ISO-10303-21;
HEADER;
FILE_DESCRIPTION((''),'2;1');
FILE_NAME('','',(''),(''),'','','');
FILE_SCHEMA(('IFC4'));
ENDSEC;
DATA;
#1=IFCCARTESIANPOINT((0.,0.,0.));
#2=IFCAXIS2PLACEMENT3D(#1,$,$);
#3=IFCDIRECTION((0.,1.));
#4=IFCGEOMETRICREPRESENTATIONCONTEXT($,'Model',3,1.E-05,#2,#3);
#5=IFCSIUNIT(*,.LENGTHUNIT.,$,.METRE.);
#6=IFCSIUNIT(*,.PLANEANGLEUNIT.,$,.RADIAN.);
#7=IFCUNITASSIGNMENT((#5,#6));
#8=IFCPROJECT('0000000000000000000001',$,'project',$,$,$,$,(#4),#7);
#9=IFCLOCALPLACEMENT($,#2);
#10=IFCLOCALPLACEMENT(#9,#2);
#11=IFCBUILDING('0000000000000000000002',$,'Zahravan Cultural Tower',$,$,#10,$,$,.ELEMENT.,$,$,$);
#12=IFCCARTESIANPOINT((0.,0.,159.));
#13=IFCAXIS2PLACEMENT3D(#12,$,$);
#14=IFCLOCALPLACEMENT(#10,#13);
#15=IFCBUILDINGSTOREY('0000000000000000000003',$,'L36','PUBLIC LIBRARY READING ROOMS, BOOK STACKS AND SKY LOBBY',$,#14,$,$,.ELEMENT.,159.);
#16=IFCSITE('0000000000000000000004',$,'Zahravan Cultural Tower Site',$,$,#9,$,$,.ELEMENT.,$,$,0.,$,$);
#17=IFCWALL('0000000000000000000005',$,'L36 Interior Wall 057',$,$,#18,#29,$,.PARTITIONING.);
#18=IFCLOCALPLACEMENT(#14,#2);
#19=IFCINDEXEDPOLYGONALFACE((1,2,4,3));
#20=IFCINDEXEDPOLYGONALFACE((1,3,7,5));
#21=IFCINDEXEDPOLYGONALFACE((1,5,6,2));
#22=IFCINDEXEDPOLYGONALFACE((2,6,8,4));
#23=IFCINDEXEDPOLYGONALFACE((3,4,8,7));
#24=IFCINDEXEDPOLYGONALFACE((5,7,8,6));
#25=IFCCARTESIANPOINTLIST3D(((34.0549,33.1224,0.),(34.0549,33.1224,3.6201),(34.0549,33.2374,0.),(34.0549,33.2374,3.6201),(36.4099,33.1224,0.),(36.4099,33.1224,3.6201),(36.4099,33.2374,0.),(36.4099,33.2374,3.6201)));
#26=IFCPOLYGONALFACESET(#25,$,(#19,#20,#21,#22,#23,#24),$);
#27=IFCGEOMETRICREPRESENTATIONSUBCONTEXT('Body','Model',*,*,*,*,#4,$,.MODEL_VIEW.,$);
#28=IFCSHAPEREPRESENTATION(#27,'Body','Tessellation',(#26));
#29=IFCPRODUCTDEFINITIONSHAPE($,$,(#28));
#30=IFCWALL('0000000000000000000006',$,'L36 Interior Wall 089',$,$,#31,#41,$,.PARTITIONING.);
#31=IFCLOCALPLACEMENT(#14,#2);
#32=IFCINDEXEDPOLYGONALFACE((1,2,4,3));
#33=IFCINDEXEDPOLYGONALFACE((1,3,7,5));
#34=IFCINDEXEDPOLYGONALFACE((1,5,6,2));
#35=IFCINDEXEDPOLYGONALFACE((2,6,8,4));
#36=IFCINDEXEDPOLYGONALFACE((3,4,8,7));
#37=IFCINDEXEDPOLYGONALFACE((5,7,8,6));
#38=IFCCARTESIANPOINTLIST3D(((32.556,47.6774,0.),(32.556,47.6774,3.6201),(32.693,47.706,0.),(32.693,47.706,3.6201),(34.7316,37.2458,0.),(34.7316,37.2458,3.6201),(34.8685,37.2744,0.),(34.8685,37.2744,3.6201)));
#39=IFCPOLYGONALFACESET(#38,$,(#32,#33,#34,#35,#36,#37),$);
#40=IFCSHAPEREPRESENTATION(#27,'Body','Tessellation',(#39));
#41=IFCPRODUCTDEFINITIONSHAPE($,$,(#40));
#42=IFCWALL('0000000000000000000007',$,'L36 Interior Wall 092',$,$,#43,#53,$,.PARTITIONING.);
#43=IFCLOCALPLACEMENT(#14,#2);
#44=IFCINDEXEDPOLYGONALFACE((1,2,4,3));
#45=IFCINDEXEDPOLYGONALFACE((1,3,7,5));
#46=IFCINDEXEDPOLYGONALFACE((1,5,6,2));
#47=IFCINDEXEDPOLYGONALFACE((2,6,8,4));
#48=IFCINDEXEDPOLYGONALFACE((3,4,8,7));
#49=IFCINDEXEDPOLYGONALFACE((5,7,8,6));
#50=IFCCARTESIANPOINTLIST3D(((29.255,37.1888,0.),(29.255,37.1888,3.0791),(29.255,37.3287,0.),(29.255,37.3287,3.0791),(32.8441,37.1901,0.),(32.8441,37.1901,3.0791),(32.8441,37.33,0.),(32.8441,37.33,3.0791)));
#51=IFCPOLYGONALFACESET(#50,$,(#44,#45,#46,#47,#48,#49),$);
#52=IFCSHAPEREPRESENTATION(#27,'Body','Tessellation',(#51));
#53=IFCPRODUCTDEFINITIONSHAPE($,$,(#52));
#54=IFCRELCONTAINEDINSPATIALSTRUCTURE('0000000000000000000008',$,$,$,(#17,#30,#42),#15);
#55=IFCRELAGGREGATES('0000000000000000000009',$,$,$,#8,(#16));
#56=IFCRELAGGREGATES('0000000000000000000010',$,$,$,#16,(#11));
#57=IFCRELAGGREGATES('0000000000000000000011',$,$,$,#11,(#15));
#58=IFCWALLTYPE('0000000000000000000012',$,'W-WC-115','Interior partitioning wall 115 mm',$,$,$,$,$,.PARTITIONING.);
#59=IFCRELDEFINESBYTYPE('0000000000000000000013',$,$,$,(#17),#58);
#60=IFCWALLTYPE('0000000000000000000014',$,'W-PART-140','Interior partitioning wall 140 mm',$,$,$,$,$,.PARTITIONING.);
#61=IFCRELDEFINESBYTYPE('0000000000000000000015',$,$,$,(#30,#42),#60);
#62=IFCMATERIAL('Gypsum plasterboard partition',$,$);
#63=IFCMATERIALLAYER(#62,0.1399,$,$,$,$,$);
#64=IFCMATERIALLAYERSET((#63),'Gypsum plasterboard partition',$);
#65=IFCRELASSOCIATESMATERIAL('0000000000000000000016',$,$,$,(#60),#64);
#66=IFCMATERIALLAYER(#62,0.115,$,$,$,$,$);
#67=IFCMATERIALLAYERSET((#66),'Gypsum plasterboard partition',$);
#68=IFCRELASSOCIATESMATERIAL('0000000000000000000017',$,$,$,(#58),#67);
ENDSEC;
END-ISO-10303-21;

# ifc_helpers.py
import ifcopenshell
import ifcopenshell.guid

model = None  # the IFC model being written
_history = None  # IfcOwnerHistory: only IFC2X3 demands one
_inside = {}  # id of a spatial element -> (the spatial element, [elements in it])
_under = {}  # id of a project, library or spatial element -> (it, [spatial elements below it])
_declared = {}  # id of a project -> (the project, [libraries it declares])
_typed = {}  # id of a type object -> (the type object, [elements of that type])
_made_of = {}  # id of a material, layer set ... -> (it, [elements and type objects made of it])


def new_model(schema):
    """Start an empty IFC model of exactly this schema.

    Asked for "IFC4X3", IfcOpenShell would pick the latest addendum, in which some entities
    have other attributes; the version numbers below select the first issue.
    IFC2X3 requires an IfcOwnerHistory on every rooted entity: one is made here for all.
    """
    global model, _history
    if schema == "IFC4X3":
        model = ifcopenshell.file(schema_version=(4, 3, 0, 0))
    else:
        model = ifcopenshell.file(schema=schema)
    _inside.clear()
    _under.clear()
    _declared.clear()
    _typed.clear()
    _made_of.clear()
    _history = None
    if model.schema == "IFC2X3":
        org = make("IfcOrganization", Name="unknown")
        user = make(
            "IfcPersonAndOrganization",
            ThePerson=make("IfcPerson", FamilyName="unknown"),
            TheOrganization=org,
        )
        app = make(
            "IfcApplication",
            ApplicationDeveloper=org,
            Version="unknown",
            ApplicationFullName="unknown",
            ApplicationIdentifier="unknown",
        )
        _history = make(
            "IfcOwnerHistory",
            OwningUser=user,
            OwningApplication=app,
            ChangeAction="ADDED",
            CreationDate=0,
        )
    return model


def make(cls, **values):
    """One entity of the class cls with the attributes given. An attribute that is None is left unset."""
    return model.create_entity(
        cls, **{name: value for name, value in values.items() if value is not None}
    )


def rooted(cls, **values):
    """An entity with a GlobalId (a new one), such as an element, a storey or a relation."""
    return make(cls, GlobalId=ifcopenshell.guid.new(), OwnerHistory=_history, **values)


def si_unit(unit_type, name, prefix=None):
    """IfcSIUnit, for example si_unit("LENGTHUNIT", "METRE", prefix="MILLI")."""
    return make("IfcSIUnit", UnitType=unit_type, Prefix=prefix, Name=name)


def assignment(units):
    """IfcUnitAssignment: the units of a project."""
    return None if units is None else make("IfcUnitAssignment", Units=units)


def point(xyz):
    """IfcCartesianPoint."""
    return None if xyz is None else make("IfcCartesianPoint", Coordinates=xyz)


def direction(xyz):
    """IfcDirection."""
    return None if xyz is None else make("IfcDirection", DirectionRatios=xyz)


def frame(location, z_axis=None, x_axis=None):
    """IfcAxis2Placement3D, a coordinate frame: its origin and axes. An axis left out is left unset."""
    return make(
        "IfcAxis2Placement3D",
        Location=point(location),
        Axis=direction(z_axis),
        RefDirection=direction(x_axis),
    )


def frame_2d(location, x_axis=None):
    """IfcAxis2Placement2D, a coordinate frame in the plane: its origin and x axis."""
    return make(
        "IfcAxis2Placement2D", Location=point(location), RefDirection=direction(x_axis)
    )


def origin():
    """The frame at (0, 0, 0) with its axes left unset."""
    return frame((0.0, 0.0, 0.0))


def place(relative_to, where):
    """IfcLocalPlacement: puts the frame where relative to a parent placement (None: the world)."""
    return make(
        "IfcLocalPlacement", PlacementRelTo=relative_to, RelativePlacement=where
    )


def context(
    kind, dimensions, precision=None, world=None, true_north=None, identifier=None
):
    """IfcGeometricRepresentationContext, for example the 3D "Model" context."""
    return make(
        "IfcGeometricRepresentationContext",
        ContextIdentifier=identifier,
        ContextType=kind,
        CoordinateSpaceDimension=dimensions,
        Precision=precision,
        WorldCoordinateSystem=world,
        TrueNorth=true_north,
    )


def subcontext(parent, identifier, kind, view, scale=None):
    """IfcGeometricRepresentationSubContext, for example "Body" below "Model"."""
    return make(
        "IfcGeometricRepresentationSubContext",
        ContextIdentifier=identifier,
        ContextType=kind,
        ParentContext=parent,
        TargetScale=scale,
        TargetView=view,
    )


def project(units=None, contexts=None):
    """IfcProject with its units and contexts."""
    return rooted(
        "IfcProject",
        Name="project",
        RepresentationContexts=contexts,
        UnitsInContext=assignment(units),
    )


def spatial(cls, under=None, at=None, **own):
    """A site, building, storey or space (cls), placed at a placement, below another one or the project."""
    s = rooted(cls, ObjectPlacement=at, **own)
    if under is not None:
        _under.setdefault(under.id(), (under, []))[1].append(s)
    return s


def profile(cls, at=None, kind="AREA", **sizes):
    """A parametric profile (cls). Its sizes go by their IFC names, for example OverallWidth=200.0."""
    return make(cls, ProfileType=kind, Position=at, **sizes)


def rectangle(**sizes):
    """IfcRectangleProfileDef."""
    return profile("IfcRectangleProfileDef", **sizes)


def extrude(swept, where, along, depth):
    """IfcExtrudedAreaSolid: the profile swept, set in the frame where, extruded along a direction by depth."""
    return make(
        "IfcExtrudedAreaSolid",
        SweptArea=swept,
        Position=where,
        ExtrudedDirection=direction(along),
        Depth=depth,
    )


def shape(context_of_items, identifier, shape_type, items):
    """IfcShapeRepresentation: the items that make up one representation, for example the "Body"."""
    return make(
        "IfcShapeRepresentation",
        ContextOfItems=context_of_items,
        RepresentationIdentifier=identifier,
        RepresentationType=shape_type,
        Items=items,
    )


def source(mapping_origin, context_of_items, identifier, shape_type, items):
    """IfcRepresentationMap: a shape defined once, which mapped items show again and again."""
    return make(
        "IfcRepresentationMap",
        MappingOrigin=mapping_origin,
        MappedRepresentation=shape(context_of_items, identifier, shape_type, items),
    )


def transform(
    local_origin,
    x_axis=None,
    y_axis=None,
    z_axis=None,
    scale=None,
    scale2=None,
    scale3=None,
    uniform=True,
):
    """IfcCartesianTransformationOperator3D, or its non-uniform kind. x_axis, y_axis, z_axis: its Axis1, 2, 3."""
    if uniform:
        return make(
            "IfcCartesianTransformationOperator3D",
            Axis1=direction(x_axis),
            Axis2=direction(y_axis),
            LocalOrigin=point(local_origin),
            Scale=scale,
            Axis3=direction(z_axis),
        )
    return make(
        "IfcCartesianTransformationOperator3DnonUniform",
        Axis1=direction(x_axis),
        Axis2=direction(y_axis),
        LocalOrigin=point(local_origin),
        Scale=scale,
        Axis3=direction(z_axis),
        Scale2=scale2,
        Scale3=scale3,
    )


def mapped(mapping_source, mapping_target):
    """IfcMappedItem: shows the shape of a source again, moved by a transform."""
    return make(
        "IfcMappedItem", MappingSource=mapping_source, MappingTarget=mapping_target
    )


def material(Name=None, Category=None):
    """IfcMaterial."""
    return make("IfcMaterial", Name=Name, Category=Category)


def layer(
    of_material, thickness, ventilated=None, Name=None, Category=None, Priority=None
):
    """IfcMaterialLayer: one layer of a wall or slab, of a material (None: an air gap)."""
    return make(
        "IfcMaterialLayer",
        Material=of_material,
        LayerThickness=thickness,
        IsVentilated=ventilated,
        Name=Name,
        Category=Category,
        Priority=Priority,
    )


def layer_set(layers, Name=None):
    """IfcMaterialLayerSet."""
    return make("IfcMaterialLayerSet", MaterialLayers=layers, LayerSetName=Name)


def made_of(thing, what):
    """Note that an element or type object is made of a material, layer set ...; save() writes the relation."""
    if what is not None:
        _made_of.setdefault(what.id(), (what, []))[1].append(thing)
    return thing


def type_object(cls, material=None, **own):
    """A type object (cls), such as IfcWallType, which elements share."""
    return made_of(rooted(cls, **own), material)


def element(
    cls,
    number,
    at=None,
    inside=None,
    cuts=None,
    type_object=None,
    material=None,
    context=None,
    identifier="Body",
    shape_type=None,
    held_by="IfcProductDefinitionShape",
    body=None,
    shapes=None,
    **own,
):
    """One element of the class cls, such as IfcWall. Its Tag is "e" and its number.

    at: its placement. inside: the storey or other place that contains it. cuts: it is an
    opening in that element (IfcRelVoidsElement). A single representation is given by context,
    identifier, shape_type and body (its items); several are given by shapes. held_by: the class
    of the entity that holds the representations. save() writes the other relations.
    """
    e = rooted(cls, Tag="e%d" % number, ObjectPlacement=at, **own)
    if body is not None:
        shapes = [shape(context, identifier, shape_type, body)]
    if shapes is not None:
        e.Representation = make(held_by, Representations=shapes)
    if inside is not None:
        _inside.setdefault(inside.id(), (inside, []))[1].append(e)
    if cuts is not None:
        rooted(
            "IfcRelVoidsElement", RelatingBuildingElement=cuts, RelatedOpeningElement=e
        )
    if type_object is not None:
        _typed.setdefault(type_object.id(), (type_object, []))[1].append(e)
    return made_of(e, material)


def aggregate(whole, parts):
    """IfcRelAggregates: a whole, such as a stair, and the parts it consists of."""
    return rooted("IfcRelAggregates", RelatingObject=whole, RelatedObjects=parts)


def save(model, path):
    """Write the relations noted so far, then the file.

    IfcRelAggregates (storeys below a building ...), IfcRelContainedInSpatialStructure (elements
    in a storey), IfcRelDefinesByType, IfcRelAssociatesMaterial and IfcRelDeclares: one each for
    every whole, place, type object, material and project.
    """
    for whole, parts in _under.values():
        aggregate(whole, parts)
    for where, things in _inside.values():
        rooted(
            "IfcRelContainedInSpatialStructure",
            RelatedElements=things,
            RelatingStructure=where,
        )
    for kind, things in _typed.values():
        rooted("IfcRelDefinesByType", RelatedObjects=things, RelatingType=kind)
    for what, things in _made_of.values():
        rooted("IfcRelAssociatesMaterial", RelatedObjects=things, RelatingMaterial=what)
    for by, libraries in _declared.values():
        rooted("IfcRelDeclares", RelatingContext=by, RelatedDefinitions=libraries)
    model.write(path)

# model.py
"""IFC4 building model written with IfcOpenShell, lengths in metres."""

from ifc_helpers import new_model, si_unit, direction, frame, frame_2d, origin, place, context, subcontext, project, spatial, rectangle, extrude, source, transform, mapped, material, layer, layer_set, type_object, element, save


model = new_model("IFC4")

# Units and contexts
model_context = context("Model", 3, precision=1e-05, world=origin(), true_north=direction((0.0, 1.0)))
body_context = subcontext(model_context, "Body", "Model", "MODEL_VIEW")
ifc_project = project(units=[si_unit("LENGTHUNIT", "METRE"), si_unit("PLANEANGLEUNIT", "RADIAN")], contexts=[model_context])

# Site, building, storey
site_placement = place(None, origin())
site = spatial("IfcSite", under=ifc_project, at=site_placement, Name="Zahravan Cultural Tower Site", CompositionType="ELEMENT", RefElevation=0.0)
building_placement = place(site_placement, origin())
building = spatial("IfcBuilding", under=site, at=building_placement, Name="Zahravan Cultural Tower", CompositionType="ELEMENT")
storey_placement = place(building_placement, frame((0.0, 0.0, 159.0)))
storey = spatial("IfcBuildingStorey", under=building, at=storey_placement, Name="L36", Description="PUBLIC LIBRARY READING ROOMS, BOOK STACKS AND SKY LOBBY", CompositionType="ELEMENT", Elevation=159.0)

# Shared definitions
ifc_material_1 = material(Name="Gypsum plasterboard partition")
ifc_layer_1 = layer(ifc_material_1, 0.1399)
ifc_layer_set_1 = layer_set([ifc_layer_1], Name="Gypsum plasterboard partition")
wall_type_1 = type_object("IfcWallType", Name="W-PART-140", Description="Interior partitioning wall 140 mm", PredefinedType="PARTITIONING", material=ifc_layer_set_1)
ifc_layer_2 = layer(ifc_material_1, 0.115)
ifc_layer_set_2 = layer_set([ifc_layer_2], Name="Gypsum plasterboard partition")
wall_type_2 = type_object("IfcWallType", Name="W-WC-115", Description="Interior partitioning wall 115 mm", PredefinedType="PARTITIONING", material=ifc_layer_set_2)

# Walls
shared_shape_1 = source(origin(), body_context, "Body", "SweptSolid", [
    extrude(rectangle(XDim=2.355, YDim=0.115, at=frame_2d((1.1775, 0.0))), origin(), (0.0, 0.0, 1.0), 3.6201),
])
wall_1_placement = place(storey_placement, frame((34.0549, 33.1799, 0.0), z_axis=(0.0, 0.0, 1.0), x_axis=(1.0, 0.0, 0.0)))
element("IfcWall", 1, at=wall_1_placement, inside=storey, type_object=wall_type_2, Name="L36 Interior Wall 057", PredefinedType="PARTITIONING", context=body_context, shape_type="MappedRepresentation", body=[
    mapped(shared_shape_1, transform((0.0, 0.0, 0.0), x_axis=(1.0, 0.0, 0.0), y_axis=(0.0, 1.0, 0.0), z_axis=(0.0, 0.0, 1.0), scale=1.0)),
])
shared_shape_2 = source(origin(), body_context, "Body", "SweptSolid", [
    extrude(rectangle(XDim=10.656, YDim=0.1399, at=frame_2d((5.3281, 0.0))), origin(), (0.0, 0.0, 1.0), 3.6201),
])
wall_2_placement = place(storey_placement, frame((34.8, 37.26, 0.0), z_axis=(0.0, 0.0, 1.0), x_axis=(-0.204159, 0.978938, 0.0)))
element("IfcWall", 2, at=wall_2_placement, inside=storey, type_object=wall_type_1, Name="L36 Interior Wall 089", PredefinedType="PARTITIONING", context=body_context, shape_type="MappedRepresentation", body=[
    mapped(shared_shape_2, transform((0.0, 0.0, 0.0), x_axis=(1.0, 0.0, 0.0), y_axis=(0.0, 1.0, 0.0), z_axis=(0.0, 0.0, 1.0), scale=1.0)),
])
shared_shape_3 = source(origin(), body_context, "Body", "SweptSolid", [
    extrude(rectangle(XDim=3.5891, YDim=0.1399, at=frame_2d((1.7944, 0.0))), origin(), (0.0, 0.0, 1.0), 3.0791),
])
wall_3_placement = place(storey_placement, frame((32.844, 37.26, 0.0), z_axis=(0.0, 0.0, 1.0), x_axis=(-1.0, -0.00034, 0.0)))
element("IfcWall", 3, at=wall_3_placement, inside=storey, type_object=wall_type_1, Name="L36 Interior Wall 092", PredefinedType="PARTITIONING", context=body_context, shape_type="MappedRepresentation", body=[
    mapped(shared_shape_3, transform((0.0, 0.0, 0.0), x_axis=(1.0, 0.0, 0.0), y_axis=(0.0, 1.0, 0.0), z_axis=(0.0, 0.0, 1.0), scale=1.0)),
])

save(model, "model.ifc")
